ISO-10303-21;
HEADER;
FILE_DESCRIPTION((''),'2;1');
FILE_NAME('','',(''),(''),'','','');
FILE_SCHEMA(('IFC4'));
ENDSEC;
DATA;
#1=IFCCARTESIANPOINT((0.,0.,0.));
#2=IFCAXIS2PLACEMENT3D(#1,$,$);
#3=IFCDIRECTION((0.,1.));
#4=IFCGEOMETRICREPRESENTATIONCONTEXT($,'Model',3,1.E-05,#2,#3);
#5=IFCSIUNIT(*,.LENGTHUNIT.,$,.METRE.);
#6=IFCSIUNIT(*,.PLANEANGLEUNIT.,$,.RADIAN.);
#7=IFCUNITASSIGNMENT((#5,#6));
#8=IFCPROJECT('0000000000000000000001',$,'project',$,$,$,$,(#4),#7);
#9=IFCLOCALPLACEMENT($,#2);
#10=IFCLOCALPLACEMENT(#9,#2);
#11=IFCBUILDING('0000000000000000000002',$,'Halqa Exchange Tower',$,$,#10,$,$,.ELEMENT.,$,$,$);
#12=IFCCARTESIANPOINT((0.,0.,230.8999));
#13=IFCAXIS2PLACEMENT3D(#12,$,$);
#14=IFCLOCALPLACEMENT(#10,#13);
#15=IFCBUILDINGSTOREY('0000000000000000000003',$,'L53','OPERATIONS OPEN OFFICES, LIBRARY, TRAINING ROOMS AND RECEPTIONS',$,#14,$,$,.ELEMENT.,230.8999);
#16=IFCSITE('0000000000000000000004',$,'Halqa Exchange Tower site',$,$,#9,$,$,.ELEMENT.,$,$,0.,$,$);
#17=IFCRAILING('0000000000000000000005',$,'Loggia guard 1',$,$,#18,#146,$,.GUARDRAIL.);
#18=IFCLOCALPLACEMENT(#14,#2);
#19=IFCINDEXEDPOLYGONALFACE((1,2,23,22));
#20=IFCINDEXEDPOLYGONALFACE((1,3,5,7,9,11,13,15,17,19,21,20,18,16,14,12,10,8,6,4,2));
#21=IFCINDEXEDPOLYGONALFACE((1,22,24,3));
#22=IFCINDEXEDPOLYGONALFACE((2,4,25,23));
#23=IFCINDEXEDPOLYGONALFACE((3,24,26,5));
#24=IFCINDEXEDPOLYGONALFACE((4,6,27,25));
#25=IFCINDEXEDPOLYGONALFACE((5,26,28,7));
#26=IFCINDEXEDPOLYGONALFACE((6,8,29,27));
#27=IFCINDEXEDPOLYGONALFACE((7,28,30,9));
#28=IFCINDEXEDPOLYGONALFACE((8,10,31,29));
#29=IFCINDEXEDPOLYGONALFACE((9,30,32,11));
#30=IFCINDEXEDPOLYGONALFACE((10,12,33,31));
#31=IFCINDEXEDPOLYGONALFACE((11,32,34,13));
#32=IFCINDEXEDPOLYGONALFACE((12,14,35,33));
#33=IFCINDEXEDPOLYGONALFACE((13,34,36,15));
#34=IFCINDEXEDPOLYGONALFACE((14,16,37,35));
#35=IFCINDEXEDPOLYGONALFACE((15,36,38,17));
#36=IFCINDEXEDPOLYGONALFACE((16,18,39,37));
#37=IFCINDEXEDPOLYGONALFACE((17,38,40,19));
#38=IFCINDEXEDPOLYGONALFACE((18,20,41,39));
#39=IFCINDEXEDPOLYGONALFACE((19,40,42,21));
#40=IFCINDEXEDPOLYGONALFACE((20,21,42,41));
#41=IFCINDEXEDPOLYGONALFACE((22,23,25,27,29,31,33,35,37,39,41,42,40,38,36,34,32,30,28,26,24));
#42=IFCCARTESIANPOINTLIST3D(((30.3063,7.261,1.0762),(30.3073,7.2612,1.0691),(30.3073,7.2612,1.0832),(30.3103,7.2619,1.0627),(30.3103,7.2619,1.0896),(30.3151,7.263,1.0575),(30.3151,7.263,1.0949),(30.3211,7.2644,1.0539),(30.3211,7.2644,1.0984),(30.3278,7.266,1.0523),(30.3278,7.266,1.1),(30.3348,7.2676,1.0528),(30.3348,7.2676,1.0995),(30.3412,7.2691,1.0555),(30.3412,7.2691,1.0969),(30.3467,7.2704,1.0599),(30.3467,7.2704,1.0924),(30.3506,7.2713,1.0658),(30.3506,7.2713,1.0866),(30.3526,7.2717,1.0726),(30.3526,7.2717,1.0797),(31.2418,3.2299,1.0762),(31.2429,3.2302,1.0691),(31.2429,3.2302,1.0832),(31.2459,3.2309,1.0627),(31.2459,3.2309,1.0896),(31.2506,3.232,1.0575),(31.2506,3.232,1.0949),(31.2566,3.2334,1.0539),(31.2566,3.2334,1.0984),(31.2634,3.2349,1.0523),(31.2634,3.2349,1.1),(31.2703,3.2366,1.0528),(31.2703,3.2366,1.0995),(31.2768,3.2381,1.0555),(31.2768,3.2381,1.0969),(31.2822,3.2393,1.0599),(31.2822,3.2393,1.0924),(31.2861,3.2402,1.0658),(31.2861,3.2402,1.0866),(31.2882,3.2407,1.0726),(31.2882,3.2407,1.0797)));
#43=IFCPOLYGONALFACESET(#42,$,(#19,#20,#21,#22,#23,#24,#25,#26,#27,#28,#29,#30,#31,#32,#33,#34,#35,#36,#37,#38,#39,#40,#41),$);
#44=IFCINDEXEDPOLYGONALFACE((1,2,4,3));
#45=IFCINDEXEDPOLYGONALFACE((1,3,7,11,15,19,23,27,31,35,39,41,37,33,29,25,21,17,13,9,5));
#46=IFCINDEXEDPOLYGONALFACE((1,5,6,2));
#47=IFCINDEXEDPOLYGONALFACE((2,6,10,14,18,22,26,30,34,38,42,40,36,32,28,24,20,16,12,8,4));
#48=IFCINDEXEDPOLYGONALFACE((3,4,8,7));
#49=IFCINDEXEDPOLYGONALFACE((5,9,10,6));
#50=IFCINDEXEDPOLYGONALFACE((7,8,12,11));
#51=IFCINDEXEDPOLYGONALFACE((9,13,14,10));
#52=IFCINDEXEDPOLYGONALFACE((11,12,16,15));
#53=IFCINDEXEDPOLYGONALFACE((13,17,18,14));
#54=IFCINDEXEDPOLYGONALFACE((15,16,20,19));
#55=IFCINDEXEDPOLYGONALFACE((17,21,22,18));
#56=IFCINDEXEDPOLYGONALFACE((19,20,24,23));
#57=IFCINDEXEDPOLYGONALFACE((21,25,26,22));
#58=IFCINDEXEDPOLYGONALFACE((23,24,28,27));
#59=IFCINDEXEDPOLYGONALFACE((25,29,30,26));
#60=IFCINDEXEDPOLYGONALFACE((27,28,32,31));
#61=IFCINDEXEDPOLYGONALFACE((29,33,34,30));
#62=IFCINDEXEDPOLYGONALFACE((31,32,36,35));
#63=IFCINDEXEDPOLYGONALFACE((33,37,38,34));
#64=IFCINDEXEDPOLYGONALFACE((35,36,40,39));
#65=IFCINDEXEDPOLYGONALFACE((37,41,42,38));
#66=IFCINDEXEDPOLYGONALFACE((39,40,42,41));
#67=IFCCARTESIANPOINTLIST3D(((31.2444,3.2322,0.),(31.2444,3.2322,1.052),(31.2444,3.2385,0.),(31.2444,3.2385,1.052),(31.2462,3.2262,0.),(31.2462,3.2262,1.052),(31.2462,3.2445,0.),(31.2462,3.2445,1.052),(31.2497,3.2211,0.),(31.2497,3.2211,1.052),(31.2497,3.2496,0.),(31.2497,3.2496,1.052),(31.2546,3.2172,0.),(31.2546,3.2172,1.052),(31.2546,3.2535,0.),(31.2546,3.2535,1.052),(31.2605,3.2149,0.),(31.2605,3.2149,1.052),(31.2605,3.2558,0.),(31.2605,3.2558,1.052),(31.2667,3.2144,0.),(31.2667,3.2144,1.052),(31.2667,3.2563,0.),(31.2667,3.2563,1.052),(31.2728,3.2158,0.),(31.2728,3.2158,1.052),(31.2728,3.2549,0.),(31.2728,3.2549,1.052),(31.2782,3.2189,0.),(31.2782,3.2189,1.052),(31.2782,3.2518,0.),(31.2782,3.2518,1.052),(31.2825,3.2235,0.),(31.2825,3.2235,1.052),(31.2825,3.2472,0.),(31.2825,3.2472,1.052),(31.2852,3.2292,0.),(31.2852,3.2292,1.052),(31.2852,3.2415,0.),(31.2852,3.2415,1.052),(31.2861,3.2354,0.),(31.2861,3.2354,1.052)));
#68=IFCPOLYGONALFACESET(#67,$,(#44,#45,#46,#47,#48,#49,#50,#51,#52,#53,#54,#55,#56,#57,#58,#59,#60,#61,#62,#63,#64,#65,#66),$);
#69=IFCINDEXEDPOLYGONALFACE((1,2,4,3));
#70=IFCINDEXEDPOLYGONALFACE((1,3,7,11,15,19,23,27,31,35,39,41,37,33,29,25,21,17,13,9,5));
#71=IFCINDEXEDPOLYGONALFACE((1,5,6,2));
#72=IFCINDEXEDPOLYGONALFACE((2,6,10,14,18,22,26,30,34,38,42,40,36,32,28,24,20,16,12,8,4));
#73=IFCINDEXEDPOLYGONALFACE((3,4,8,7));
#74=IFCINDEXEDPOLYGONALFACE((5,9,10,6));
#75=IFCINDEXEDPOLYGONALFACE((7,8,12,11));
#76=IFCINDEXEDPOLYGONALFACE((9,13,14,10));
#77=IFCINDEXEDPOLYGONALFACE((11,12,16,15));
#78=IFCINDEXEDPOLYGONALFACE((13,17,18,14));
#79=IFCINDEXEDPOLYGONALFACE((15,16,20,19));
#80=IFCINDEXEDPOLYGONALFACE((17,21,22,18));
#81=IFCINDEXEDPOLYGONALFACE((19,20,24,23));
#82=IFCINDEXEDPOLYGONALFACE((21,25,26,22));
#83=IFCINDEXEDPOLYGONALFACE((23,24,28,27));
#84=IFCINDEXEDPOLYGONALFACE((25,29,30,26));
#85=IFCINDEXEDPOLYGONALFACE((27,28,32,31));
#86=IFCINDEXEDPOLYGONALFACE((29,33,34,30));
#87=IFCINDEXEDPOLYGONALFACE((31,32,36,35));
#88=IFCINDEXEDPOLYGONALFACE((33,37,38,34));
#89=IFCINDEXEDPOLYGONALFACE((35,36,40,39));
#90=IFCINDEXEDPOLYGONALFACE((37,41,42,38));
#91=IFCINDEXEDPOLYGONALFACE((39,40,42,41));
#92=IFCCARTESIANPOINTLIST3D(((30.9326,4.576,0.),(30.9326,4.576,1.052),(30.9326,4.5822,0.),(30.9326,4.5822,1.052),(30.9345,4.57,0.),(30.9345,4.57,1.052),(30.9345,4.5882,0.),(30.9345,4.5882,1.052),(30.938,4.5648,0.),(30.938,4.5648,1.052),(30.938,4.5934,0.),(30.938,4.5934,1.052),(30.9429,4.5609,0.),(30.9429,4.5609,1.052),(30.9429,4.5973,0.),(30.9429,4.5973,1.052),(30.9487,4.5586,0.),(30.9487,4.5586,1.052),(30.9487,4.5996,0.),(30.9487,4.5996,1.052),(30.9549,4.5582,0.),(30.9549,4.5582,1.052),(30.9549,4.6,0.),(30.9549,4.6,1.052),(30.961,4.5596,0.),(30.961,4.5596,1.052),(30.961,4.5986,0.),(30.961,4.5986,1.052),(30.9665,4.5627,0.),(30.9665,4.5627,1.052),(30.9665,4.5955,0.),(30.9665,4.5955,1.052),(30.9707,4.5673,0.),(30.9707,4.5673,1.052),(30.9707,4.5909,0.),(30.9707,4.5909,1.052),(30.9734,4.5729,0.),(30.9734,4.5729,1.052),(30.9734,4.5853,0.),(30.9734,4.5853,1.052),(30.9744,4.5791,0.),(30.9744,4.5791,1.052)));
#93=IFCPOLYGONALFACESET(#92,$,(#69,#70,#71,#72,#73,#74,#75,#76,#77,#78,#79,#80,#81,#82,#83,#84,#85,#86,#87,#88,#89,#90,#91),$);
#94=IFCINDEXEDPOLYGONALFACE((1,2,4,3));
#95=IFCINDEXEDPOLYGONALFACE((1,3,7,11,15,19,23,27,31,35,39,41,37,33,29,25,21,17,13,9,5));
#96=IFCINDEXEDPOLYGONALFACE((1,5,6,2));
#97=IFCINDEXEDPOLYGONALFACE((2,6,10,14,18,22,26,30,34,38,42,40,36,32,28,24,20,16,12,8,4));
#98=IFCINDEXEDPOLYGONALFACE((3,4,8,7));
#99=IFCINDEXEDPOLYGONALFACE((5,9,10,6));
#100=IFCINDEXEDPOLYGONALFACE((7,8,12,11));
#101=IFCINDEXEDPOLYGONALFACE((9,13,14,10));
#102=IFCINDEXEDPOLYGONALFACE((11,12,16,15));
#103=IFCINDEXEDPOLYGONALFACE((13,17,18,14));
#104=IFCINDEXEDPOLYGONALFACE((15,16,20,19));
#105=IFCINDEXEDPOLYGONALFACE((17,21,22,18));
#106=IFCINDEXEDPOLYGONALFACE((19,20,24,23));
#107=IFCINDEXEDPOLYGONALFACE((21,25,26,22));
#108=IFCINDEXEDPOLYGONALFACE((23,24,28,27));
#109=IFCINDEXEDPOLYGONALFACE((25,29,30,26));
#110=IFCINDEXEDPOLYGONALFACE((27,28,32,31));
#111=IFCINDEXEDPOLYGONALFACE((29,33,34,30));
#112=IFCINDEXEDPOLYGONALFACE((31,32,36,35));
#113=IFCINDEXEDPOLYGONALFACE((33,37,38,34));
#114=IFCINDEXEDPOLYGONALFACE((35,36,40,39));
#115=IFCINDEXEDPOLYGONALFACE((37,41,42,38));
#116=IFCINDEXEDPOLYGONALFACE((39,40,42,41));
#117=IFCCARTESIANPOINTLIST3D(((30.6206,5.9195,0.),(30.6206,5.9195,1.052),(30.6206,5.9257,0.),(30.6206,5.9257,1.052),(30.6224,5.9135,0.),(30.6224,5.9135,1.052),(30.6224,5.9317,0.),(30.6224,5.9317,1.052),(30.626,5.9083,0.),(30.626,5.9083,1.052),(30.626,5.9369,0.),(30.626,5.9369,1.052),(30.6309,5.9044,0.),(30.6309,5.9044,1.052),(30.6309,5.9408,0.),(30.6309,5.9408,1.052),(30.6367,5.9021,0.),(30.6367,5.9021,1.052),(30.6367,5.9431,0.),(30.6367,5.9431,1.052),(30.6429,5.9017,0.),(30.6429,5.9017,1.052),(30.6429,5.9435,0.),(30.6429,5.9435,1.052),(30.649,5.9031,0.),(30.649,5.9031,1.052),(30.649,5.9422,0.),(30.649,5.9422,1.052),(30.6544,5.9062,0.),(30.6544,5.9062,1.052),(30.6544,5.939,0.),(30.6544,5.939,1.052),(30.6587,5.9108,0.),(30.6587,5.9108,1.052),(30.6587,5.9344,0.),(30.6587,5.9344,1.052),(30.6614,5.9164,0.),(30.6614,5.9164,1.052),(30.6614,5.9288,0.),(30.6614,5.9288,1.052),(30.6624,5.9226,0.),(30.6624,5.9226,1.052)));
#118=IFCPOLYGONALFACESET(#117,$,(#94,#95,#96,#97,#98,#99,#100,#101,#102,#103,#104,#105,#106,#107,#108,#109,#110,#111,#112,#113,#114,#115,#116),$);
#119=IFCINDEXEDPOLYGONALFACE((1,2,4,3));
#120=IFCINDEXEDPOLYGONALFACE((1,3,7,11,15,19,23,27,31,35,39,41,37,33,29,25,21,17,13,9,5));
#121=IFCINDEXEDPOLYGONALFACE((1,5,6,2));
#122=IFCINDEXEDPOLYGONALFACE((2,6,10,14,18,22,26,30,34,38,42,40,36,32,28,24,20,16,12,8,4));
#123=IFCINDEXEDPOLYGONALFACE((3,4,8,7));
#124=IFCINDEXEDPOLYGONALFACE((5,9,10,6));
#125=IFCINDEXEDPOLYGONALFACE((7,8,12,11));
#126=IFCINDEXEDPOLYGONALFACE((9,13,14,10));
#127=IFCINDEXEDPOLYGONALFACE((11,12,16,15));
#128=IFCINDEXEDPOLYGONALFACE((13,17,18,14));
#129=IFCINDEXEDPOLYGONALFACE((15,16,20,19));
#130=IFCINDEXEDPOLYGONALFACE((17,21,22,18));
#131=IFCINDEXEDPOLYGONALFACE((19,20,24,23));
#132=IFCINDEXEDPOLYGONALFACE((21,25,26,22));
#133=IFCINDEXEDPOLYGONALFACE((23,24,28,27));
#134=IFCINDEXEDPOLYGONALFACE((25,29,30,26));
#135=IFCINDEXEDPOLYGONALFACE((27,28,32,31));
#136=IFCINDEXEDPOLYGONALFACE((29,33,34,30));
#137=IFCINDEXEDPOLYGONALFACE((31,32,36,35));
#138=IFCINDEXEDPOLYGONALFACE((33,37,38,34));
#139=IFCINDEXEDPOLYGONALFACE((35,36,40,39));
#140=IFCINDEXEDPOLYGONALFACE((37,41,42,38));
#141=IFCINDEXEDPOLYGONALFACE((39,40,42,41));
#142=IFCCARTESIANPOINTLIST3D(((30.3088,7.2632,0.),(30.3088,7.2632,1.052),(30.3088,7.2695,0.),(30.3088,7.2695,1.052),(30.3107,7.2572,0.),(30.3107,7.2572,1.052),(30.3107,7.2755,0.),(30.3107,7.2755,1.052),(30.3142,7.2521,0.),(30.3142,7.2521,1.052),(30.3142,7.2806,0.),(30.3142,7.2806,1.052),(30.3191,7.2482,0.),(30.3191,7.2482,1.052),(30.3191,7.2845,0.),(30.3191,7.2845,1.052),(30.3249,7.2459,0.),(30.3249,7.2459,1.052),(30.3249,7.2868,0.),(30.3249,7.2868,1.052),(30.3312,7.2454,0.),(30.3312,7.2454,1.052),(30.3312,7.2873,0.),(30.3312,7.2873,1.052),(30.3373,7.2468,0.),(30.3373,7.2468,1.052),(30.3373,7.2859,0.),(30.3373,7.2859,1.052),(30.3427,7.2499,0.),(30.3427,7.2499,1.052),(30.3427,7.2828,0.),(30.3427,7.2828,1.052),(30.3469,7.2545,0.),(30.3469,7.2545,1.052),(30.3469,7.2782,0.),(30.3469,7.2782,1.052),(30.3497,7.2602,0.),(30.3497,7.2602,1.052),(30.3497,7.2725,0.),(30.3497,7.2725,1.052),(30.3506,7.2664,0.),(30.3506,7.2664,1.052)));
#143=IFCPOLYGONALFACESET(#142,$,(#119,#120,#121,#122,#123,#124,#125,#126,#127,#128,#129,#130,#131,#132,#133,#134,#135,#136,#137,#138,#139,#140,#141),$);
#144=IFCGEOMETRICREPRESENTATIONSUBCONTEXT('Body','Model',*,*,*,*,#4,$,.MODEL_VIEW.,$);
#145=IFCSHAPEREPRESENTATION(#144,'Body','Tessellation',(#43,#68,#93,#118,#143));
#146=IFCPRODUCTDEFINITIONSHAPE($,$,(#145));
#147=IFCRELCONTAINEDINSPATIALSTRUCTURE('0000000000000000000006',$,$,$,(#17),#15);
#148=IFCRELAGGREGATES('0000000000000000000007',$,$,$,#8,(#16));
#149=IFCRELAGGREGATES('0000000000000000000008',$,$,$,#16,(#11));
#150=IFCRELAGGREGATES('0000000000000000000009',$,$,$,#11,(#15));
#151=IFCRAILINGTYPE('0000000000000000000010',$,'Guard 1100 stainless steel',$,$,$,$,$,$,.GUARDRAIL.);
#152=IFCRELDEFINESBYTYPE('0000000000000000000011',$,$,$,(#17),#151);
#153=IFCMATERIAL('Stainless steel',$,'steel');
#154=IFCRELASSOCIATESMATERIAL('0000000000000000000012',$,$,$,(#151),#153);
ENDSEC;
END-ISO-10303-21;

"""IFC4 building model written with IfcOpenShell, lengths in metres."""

from ifc_helpers import new_model, si_unit, direction, frame, origin, origin_2d, place, context, subcontext, project, spatial, circle, extrude, material, type_object, element, save


model = new_model("IFC4")

# Units and contexts
model_context = context("Model", 3, precision=1e-05, world=origin(), true_north=direction((0.0, 1.0)))
body_context = subcontext(model_context, "Body", "Model", "MODEL_VIEW")
ifc_project = project(units=[si_unit("LENGTHUNIT", "METRE"), si_unit("PLANEANGLEUNIT", "RADIAN")], contexts=[model_context])

# Site, building, storey
site_placement = place(None, origin())
site = spatial("IfcSite", under=ifc_project, at=site_placement, Name="Halqa Exchange Tower site", CompositionType="ELEMENT", RefElevation=0.0)
building_placement = place(site_placement, origin())
building = spatial("IfcBuilding", under=site, at=building_placement, Name="Halqa Exchange Tower", CompositionType="ELEMENT")
storey_placement = place(building_placement, frame((0.0, 0.0, 230.8999)))
storey = spatial("IfcBuildingStorey", under=building, at=storey_placement, Name="L53", Description="OPERATIONS OPEN OFFICES, LIBRARY, TRAINING ROOMS AND RECEPTIONS", CompositionType="ELEMENT", Elevation=230.8999)

# Railing
ifc_material_1 = material(Name="Stainless steel", Category="steel")
railing_type = type_object("IfcRailingType", Name="Guard 1100 stainless steel", PredefinedType="GUARDRAIL", material=ifc_material_1)
railing_1_placement = place(storey_placement, frame((31.2651, 3.2354, 0.0)))
element("IfcRailing", 1, at=railing_1_placement, inside=storey, type_object=railing_type, Name="Loggia guard 1", PredefinedType="GUARDRAIL", context=body_context, shape_type="SweptSolid", body=[
    extrude(circle(Radius=0.0239, at=origin_2d()), frame((0.0, 0.0, 1.0762), z_axis=(-0.226079, 0.974109, 0.0), x_axis=(-0.974109, -0.226079, 0.0)), (0.0, 0.0, 1.0), 4.1382),
    extrude(circle(Radius=0.021, at=origin_2d()), origin(), (0.0, 0.0, 1.0), 1.052),
    extrude(circle(Radius=0.021, at=origin_2d()), frame((-0.3118, 1.3438, 0.0)), (0.0, 0.0, 1.0), 1.052),
    extrude(circle(Radius=0.021, at=origin_2d()), frame((-0.6238, 2.6873, 0.0)), (0.0, 0.0, 1.0), 1.052),
    extrude(circle(Radius=0.021, at=origin_2d()), frame((-0.9355, 4.031, 0.0)), (0.0, 0.0, 1.0), 1.052),
])

save(model, "model.ifc")
